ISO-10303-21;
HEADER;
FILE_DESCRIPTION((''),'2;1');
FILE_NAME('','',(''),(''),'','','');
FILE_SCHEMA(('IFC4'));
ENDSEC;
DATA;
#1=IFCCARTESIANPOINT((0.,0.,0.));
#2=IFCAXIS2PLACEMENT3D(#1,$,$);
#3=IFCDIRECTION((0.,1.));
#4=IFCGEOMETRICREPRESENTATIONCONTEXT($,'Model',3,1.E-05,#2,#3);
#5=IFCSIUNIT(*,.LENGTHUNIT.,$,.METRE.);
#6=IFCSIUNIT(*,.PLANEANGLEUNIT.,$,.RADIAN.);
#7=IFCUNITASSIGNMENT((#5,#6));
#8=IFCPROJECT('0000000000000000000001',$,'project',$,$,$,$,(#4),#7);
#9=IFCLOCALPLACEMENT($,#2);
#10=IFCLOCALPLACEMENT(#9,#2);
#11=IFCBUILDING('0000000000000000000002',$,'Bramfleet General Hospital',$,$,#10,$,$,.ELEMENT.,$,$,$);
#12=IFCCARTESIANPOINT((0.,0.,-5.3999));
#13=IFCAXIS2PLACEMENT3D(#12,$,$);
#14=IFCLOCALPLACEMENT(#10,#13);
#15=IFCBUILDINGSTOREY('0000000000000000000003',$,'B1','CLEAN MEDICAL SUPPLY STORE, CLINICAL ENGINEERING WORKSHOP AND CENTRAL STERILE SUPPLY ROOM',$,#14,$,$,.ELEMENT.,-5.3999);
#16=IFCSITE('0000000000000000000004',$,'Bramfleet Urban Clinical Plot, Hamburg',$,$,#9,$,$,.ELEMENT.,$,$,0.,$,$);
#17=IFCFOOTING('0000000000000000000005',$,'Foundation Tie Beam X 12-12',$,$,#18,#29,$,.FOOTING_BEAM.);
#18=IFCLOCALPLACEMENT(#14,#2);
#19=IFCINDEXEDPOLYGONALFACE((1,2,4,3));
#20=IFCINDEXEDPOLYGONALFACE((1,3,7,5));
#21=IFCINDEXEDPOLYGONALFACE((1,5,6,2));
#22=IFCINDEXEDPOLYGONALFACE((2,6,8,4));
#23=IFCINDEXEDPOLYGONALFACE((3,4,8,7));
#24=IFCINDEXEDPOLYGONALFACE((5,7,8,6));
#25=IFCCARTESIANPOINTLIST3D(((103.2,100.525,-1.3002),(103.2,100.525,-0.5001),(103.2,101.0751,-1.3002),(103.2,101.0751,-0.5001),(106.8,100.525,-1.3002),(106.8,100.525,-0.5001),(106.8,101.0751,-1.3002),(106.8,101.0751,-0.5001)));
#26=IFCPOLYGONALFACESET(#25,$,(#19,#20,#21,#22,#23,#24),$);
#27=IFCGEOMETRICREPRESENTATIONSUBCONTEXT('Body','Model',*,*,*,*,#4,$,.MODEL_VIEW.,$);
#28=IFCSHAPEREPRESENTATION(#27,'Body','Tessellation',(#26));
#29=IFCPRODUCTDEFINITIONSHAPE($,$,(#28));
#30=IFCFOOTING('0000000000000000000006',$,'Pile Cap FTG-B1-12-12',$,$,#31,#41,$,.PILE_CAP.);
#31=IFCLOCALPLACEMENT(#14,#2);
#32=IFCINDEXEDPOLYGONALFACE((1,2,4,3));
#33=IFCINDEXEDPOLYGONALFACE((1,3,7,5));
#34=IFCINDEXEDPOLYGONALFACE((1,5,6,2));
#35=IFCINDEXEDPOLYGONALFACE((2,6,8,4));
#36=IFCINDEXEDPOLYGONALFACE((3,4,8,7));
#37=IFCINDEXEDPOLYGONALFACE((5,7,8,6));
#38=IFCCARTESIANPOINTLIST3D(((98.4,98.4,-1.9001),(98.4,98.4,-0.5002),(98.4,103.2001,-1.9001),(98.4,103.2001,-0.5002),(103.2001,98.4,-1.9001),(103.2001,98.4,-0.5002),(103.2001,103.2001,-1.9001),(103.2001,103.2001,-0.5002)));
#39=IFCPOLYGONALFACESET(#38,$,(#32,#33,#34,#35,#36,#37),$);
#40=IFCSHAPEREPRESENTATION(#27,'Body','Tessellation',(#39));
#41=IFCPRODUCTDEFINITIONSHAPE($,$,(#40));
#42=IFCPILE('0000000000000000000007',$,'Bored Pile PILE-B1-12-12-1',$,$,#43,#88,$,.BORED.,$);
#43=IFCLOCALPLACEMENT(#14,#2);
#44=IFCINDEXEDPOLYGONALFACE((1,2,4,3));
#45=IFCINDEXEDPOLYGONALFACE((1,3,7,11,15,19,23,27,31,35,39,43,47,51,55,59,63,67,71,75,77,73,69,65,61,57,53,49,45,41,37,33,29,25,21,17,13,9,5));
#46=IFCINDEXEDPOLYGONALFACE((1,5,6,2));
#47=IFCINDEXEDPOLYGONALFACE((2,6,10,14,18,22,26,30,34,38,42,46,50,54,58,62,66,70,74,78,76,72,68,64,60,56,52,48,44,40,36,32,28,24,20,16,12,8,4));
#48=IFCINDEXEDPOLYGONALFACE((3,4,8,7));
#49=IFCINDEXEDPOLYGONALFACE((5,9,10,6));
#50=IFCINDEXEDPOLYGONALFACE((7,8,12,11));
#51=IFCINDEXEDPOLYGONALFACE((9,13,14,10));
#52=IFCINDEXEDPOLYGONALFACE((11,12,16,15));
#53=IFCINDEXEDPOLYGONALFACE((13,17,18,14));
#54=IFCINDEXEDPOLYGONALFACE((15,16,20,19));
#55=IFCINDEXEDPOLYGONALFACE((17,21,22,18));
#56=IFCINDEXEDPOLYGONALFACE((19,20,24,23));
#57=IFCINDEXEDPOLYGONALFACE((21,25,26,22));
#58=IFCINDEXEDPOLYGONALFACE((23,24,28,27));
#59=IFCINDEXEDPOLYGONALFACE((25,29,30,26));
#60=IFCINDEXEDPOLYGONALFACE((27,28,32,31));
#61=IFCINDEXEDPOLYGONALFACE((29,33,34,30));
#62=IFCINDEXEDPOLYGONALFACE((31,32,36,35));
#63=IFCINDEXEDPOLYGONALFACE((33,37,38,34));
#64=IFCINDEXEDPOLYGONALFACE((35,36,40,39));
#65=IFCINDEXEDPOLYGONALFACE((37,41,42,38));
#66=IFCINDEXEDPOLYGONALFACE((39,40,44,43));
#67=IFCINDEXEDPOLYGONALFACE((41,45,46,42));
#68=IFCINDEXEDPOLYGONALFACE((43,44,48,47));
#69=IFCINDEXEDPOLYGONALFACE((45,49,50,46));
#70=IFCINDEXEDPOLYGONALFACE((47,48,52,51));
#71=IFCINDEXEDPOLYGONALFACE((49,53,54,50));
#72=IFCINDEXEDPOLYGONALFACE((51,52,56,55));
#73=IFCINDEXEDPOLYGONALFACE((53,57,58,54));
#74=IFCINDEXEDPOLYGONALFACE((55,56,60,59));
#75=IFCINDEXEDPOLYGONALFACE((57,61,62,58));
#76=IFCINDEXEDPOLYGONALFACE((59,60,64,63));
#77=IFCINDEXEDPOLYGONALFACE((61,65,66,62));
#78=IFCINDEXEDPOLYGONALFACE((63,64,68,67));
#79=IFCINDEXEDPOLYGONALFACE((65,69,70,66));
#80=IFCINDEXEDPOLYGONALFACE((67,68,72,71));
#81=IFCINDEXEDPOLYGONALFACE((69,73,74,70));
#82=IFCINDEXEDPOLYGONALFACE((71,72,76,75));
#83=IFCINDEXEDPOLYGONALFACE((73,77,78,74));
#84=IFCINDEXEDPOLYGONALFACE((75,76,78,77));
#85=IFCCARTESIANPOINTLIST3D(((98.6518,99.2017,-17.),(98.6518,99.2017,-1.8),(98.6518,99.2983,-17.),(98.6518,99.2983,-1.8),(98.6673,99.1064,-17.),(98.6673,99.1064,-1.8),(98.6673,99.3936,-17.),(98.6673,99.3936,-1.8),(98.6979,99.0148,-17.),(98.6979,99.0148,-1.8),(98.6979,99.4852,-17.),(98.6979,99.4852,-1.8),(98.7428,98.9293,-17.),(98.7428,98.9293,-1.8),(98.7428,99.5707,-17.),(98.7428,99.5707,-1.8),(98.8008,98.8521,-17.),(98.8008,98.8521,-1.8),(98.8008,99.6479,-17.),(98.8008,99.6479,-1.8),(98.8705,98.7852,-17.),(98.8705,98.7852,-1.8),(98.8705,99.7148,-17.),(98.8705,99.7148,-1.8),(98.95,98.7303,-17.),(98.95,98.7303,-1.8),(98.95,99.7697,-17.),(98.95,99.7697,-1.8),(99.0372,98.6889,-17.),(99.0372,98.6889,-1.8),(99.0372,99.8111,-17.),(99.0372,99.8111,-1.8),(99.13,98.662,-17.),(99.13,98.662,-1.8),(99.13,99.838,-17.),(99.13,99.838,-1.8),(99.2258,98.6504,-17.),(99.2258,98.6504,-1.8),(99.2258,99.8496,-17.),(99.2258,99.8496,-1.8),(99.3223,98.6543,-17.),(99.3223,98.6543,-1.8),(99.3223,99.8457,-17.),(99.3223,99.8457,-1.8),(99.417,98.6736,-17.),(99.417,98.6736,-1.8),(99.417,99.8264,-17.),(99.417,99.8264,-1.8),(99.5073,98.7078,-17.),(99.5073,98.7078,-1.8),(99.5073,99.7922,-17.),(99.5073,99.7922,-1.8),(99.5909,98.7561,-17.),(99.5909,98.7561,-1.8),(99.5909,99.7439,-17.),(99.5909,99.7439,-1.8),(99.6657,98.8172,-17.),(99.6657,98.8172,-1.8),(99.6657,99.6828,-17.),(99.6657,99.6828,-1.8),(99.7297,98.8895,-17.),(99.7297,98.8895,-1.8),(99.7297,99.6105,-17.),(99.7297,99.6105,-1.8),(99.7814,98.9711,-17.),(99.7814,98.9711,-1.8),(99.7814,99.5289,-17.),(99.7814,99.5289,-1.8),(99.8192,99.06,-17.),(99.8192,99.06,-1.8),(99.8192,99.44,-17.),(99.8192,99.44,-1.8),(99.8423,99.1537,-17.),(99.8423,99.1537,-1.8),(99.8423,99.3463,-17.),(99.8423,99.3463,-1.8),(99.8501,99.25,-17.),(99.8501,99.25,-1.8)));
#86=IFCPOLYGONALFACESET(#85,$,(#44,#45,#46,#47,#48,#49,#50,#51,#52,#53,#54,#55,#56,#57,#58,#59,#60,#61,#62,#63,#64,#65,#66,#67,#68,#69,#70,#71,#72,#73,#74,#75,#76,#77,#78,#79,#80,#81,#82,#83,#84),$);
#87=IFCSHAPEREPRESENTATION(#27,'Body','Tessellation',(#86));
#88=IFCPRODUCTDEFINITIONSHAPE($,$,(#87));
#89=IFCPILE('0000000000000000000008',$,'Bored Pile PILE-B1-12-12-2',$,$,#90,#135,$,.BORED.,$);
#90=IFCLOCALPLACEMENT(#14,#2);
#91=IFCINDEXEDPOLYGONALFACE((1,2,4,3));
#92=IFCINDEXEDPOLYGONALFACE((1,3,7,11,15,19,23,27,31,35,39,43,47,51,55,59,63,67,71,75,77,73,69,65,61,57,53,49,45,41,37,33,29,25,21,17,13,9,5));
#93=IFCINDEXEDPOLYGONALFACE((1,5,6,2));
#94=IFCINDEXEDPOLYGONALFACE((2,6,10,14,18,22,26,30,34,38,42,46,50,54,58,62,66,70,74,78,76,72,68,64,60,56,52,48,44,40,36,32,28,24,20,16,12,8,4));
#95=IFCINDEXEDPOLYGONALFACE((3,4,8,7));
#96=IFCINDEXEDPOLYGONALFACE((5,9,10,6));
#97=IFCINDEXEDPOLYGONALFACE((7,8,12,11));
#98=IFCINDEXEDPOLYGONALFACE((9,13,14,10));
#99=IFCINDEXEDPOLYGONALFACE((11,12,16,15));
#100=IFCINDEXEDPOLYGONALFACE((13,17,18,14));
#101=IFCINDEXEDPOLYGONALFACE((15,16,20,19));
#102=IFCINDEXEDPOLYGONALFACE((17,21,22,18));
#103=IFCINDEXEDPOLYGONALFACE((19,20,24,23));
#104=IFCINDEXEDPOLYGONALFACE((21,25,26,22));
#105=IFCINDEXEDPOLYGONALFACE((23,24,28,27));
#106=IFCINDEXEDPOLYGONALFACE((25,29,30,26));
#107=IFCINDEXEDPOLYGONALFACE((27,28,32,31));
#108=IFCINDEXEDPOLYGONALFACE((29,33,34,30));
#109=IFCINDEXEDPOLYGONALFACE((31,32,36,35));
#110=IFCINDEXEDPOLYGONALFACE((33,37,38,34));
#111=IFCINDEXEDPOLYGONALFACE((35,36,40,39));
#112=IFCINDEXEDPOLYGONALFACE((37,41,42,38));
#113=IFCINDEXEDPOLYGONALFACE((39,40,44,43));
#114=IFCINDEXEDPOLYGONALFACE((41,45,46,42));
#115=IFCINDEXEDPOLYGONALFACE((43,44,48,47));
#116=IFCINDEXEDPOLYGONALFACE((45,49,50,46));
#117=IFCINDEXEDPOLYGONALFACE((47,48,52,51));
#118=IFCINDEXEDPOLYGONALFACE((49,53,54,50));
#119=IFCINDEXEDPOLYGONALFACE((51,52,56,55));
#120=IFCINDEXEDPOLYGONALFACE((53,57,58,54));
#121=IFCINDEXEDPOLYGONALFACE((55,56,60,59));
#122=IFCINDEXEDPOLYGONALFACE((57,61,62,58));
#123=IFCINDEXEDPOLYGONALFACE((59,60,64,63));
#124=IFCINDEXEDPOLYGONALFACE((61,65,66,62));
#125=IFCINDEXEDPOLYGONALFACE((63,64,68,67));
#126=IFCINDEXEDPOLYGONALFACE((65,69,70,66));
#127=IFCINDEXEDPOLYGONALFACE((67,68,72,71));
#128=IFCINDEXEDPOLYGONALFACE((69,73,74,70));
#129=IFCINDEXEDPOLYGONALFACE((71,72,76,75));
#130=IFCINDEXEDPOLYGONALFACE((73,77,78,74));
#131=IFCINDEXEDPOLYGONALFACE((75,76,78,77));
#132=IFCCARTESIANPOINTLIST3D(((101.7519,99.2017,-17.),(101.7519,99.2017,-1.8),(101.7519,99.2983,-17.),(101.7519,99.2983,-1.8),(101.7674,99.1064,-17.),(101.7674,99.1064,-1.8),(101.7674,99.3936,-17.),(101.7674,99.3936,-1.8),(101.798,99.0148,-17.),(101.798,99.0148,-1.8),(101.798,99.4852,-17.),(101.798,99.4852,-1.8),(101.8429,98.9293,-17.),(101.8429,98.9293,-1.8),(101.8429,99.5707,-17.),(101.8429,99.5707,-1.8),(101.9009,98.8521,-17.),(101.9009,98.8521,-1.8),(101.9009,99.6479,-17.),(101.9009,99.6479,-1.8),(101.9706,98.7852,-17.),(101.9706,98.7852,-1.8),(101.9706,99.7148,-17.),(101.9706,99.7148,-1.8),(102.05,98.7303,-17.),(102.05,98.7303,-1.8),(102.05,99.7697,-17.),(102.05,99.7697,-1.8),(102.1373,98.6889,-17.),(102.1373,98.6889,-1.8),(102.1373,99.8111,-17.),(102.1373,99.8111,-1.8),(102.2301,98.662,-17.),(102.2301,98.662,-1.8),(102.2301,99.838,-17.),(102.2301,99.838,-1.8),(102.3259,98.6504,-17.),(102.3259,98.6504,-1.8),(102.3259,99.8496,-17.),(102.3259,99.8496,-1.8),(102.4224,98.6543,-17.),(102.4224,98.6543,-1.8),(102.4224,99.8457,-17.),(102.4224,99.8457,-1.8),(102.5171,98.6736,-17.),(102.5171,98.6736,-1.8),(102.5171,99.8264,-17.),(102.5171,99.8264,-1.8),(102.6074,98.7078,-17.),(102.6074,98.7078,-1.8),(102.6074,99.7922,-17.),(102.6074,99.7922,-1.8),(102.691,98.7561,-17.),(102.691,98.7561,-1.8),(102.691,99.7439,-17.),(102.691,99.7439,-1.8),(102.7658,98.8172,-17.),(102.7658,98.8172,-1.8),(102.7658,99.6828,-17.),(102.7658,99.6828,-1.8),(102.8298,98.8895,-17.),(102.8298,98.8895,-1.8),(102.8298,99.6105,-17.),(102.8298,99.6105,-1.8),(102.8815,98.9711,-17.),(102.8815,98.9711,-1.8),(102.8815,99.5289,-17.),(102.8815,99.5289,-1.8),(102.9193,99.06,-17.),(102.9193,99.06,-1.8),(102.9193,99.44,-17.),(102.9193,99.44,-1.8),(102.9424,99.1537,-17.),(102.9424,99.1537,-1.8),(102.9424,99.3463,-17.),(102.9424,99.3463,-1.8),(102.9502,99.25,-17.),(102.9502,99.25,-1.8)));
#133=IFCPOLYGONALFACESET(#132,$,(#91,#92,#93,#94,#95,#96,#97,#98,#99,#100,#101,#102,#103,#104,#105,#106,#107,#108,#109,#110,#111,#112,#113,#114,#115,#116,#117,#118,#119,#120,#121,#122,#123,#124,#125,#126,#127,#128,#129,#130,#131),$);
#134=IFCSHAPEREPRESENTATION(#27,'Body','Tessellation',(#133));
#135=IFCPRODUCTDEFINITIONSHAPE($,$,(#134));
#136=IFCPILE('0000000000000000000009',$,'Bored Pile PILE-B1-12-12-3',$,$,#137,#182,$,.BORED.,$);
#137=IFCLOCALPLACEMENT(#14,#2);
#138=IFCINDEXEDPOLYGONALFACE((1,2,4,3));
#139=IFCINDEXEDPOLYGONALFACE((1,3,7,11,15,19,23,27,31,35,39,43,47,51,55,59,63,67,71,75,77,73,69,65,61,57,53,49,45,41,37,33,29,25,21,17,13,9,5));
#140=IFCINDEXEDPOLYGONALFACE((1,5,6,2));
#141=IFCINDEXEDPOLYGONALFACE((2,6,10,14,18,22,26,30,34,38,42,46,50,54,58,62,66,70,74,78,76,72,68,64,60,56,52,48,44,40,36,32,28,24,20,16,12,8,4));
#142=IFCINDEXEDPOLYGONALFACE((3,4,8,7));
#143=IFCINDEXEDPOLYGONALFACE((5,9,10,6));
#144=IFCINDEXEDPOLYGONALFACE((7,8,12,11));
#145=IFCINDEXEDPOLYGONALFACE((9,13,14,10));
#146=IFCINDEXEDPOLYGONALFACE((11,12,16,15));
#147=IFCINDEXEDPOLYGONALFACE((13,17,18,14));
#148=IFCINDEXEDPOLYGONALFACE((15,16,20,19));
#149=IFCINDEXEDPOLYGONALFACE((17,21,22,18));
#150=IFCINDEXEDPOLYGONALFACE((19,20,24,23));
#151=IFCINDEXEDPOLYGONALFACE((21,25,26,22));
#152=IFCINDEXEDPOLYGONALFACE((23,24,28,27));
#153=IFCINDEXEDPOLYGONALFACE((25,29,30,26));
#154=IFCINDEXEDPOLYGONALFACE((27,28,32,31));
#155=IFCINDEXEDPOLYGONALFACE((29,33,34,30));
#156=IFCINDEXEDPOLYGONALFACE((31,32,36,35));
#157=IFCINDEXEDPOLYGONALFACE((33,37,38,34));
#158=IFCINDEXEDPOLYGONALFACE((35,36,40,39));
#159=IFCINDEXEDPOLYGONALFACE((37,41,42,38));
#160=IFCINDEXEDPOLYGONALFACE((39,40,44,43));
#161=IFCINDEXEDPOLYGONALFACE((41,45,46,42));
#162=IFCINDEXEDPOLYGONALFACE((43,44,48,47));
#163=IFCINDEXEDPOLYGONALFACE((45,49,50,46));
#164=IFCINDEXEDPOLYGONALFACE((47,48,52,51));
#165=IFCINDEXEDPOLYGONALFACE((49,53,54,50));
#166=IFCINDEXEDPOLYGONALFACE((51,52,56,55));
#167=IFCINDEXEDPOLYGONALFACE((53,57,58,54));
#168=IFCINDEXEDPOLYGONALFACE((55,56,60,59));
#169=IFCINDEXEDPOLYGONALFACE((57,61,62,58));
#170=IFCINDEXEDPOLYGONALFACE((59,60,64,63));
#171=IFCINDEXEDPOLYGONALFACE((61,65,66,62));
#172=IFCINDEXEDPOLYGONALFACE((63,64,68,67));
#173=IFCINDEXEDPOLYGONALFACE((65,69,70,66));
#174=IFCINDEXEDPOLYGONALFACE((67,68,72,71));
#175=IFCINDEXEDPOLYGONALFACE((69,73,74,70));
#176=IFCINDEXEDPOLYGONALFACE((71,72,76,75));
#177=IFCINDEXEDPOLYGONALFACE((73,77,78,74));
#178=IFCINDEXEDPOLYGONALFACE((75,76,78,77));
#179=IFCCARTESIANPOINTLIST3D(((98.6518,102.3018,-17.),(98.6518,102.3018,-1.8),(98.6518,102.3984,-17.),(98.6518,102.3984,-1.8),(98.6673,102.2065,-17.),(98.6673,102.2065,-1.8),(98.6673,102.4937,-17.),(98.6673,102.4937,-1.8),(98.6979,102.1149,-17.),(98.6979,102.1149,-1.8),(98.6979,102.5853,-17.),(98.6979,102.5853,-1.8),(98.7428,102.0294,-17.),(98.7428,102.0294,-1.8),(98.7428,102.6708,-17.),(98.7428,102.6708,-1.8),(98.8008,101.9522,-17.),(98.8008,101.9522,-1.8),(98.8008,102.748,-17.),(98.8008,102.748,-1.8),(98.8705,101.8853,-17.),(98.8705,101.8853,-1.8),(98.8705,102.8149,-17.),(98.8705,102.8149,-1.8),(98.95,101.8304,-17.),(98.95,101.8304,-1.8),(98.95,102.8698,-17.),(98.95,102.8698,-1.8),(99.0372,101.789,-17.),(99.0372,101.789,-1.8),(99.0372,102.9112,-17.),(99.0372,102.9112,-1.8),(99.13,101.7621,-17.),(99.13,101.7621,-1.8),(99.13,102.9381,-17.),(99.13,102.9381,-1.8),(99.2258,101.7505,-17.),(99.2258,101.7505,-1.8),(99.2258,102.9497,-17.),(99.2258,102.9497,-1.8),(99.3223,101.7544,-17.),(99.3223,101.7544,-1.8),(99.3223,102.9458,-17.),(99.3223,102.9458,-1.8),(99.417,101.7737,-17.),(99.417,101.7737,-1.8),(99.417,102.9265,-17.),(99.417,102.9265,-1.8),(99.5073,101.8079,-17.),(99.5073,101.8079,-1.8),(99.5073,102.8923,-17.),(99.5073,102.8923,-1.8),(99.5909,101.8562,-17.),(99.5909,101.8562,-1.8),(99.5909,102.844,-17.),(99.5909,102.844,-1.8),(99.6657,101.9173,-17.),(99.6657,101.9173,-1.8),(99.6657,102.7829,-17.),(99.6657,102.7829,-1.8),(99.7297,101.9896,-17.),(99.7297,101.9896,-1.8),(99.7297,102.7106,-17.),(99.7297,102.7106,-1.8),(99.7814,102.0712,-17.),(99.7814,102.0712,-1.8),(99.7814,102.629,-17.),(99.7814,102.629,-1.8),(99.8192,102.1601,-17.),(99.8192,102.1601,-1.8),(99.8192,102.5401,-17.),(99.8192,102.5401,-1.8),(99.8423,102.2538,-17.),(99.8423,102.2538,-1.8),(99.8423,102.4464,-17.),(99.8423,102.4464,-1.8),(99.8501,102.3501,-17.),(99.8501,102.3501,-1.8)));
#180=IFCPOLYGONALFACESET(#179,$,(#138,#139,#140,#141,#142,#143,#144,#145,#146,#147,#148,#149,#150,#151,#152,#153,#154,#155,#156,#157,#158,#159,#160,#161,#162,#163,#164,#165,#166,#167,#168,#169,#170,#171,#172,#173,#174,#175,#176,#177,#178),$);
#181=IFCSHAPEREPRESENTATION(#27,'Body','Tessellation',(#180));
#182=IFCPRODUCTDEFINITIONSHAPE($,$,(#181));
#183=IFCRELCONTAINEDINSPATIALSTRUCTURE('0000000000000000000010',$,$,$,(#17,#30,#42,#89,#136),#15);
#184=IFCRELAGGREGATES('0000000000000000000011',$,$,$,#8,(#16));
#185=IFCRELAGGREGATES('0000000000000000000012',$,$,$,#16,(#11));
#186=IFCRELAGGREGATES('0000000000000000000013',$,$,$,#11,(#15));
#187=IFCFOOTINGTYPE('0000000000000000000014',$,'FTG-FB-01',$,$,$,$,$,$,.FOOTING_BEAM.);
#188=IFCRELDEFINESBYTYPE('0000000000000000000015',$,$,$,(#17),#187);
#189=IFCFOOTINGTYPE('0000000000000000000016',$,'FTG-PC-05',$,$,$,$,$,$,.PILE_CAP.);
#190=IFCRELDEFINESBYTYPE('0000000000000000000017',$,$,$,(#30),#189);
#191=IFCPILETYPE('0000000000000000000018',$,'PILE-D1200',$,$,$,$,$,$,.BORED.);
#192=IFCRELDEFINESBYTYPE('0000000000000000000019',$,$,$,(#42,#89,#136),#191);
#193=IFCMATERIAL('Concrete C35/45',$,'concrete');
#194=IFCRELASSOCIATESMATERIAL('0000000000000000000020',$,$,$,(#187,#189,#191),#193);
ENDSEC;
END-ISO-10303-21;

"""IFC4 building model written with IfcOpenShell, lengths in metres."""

from ifc_helpers import new_model, si_unit, direction, frame, origin, origin_2d, place, context, subcontext, project, spatial, rectangle, circle, extrude, material, material_profile, profile_set, type_object, element, save


model = new_model("IFC4")

# Units and contexts
model_context = context("Model", 3, precision=1e-05, world=origin(), true_north=direction((0.0, 1.0)))
body_context = subcontext(model_context, "Body", "Model", "MODEL_VIEW")
ifc_project = project(units=[si_unit("LENGTHUNIT", "METRE"), si_unit("PLANEANGLEUNIT", "RADIAN")], contexts=[model_context])

# Site, building, storey
site_placement = place(None, origin())
site = spatial("IfcSite", under=ifc_project, at=site_placement, Name="Bramfleet Urban Clinical Plot, Hamburg", CompositionType="ELEMENT", RefElevation=0.0)
building_placement = place(site_placement, origin())
building = spatial("IfcBuilding", under=site, at=building_placement, Name="Bramfleet General Hospital", CompositionType="ELEMENT")
storey_placement = place(building_placement, frame((0.0, 0.0, -5.3999)))
storey = spatial("IfcBuildingStorey", under=building, at=storey_placement, Name="B1", Description="CLEAN MEDICAL SUPPLY STORE, CLINICAL ENGINEERING WORKSHOP AND CENTRAL STERILE SUPPLY ROOM", CompositionType="ELEMENT", Elevation=-5.3999)

# Footings
ifc_material_1 = material(Name="Concrete C35/45", Category="concrete")
ifc_material_profile_1 = material_profile(ifc_material_1, rectangle(XDim=0.55, YDim=0.8, at=origin_2d()), Name="RC FB 800x550")
ifc_profile_set_1 = profile_set([ifc_material_profile_1], Name="Concrete C35/45")
footing_type_1 = type_object("IfcFootingType", Name="FTG-FB-01", PredefinedType="FOOTING_BEAM", material=ifc_profile_set_1)
footing_1_placement = place(storey_placement, frame((103.2, 100.8, -0.9001), z_axis=(1.0, 0.0, 0.0), x_axis=(0.0, 1.0, 0.0)))
element("IfcFooting", 1, at=footing_1_placement, inside=storey, type_object=footing_type_1, Name="Foundation Tie Beam X 12-12", PredefinedType="FOOTING_BEAM", context=body_context, shape_type="SweptSolid", body=[
    extrude(rectangle(XDim=0.55, YDim=0.8, at=origin_2d()), origin(), (0.0, 0.0, 1.0), 3.6001),
])
footing_type_2 = type_object("IfcFootingType", Name="FTG-PC-05", PredefinedType="PILE_CAP", material=ifc_material_1)
footing_2_placement = place(storey_placement, frame((100.8, 100.8, -1.9001), z_axis=(0.0, 0.0, 1.0), x_axis=(1.0, 0.0, 0.0)))
element("IfcFooting", 2, at=footing_2_placement, inside=storey, type_object=footing_type_2, Name="Pile Cap FTG-B1-12-12", PredefinedType="PILE_CAP", context=body_context, shape_type="SweptSolid", body=[
    extrude(rectangle(XDim=4.8, YDim=4.8, at=origin_2d()), origin(), (0.0, 0.0, 1.0), 1.3999),
])

# Piles
ifc_material_profile_2 = material_profile(ifc_material_1, circle(Radius=0.6001, at=origin_2d()), Name="PILE BORED D1200")
ifc_profile_set_2 = profile_set([ifc_material_profile_2], Name="Concrete C35/45")
pile_type = type_object("IfcPileType", Name="PILE-D1200", PredefinedType="BORED", material=ifc_profile_set_2)
for number, where, z_axis, x_axis, name in (
    (3, (99.25, 99.25, -1.8), (0.0, 0.0, -1.0), (1.0, 0.0, 0.0), "Bored Pile PILE-B1-12-12-1"),
    (4, (102.3501, 99.25, -1.8), (0.0, 0.0, -1.0), (1.0, 0.0, 0.0), "Bored Pile PILE-B1-12-12-2"),
    (5, (99.25, 102.3501, -1.8), (0.0, 0.0, -1.0), (1.0, 0.0, 0.0), "Bored Pile PILE-B1-12-12-3"),
):
    element("IfcPile", number, at=place(storey_placement, frame(where, z_axis=z_axis, x_axis=x_axis)), inside=storey, type_object=pile_type, Name=name, PredefinedType="BORED", context=body_context, shape_type="SweptSolid", body=[
        extrude(circle(Radius=0.6001, at=origin_2d()), origin(), (0.0, 0.0, 1.0), 15.2),
    ])

save(model, "model.ifc")
